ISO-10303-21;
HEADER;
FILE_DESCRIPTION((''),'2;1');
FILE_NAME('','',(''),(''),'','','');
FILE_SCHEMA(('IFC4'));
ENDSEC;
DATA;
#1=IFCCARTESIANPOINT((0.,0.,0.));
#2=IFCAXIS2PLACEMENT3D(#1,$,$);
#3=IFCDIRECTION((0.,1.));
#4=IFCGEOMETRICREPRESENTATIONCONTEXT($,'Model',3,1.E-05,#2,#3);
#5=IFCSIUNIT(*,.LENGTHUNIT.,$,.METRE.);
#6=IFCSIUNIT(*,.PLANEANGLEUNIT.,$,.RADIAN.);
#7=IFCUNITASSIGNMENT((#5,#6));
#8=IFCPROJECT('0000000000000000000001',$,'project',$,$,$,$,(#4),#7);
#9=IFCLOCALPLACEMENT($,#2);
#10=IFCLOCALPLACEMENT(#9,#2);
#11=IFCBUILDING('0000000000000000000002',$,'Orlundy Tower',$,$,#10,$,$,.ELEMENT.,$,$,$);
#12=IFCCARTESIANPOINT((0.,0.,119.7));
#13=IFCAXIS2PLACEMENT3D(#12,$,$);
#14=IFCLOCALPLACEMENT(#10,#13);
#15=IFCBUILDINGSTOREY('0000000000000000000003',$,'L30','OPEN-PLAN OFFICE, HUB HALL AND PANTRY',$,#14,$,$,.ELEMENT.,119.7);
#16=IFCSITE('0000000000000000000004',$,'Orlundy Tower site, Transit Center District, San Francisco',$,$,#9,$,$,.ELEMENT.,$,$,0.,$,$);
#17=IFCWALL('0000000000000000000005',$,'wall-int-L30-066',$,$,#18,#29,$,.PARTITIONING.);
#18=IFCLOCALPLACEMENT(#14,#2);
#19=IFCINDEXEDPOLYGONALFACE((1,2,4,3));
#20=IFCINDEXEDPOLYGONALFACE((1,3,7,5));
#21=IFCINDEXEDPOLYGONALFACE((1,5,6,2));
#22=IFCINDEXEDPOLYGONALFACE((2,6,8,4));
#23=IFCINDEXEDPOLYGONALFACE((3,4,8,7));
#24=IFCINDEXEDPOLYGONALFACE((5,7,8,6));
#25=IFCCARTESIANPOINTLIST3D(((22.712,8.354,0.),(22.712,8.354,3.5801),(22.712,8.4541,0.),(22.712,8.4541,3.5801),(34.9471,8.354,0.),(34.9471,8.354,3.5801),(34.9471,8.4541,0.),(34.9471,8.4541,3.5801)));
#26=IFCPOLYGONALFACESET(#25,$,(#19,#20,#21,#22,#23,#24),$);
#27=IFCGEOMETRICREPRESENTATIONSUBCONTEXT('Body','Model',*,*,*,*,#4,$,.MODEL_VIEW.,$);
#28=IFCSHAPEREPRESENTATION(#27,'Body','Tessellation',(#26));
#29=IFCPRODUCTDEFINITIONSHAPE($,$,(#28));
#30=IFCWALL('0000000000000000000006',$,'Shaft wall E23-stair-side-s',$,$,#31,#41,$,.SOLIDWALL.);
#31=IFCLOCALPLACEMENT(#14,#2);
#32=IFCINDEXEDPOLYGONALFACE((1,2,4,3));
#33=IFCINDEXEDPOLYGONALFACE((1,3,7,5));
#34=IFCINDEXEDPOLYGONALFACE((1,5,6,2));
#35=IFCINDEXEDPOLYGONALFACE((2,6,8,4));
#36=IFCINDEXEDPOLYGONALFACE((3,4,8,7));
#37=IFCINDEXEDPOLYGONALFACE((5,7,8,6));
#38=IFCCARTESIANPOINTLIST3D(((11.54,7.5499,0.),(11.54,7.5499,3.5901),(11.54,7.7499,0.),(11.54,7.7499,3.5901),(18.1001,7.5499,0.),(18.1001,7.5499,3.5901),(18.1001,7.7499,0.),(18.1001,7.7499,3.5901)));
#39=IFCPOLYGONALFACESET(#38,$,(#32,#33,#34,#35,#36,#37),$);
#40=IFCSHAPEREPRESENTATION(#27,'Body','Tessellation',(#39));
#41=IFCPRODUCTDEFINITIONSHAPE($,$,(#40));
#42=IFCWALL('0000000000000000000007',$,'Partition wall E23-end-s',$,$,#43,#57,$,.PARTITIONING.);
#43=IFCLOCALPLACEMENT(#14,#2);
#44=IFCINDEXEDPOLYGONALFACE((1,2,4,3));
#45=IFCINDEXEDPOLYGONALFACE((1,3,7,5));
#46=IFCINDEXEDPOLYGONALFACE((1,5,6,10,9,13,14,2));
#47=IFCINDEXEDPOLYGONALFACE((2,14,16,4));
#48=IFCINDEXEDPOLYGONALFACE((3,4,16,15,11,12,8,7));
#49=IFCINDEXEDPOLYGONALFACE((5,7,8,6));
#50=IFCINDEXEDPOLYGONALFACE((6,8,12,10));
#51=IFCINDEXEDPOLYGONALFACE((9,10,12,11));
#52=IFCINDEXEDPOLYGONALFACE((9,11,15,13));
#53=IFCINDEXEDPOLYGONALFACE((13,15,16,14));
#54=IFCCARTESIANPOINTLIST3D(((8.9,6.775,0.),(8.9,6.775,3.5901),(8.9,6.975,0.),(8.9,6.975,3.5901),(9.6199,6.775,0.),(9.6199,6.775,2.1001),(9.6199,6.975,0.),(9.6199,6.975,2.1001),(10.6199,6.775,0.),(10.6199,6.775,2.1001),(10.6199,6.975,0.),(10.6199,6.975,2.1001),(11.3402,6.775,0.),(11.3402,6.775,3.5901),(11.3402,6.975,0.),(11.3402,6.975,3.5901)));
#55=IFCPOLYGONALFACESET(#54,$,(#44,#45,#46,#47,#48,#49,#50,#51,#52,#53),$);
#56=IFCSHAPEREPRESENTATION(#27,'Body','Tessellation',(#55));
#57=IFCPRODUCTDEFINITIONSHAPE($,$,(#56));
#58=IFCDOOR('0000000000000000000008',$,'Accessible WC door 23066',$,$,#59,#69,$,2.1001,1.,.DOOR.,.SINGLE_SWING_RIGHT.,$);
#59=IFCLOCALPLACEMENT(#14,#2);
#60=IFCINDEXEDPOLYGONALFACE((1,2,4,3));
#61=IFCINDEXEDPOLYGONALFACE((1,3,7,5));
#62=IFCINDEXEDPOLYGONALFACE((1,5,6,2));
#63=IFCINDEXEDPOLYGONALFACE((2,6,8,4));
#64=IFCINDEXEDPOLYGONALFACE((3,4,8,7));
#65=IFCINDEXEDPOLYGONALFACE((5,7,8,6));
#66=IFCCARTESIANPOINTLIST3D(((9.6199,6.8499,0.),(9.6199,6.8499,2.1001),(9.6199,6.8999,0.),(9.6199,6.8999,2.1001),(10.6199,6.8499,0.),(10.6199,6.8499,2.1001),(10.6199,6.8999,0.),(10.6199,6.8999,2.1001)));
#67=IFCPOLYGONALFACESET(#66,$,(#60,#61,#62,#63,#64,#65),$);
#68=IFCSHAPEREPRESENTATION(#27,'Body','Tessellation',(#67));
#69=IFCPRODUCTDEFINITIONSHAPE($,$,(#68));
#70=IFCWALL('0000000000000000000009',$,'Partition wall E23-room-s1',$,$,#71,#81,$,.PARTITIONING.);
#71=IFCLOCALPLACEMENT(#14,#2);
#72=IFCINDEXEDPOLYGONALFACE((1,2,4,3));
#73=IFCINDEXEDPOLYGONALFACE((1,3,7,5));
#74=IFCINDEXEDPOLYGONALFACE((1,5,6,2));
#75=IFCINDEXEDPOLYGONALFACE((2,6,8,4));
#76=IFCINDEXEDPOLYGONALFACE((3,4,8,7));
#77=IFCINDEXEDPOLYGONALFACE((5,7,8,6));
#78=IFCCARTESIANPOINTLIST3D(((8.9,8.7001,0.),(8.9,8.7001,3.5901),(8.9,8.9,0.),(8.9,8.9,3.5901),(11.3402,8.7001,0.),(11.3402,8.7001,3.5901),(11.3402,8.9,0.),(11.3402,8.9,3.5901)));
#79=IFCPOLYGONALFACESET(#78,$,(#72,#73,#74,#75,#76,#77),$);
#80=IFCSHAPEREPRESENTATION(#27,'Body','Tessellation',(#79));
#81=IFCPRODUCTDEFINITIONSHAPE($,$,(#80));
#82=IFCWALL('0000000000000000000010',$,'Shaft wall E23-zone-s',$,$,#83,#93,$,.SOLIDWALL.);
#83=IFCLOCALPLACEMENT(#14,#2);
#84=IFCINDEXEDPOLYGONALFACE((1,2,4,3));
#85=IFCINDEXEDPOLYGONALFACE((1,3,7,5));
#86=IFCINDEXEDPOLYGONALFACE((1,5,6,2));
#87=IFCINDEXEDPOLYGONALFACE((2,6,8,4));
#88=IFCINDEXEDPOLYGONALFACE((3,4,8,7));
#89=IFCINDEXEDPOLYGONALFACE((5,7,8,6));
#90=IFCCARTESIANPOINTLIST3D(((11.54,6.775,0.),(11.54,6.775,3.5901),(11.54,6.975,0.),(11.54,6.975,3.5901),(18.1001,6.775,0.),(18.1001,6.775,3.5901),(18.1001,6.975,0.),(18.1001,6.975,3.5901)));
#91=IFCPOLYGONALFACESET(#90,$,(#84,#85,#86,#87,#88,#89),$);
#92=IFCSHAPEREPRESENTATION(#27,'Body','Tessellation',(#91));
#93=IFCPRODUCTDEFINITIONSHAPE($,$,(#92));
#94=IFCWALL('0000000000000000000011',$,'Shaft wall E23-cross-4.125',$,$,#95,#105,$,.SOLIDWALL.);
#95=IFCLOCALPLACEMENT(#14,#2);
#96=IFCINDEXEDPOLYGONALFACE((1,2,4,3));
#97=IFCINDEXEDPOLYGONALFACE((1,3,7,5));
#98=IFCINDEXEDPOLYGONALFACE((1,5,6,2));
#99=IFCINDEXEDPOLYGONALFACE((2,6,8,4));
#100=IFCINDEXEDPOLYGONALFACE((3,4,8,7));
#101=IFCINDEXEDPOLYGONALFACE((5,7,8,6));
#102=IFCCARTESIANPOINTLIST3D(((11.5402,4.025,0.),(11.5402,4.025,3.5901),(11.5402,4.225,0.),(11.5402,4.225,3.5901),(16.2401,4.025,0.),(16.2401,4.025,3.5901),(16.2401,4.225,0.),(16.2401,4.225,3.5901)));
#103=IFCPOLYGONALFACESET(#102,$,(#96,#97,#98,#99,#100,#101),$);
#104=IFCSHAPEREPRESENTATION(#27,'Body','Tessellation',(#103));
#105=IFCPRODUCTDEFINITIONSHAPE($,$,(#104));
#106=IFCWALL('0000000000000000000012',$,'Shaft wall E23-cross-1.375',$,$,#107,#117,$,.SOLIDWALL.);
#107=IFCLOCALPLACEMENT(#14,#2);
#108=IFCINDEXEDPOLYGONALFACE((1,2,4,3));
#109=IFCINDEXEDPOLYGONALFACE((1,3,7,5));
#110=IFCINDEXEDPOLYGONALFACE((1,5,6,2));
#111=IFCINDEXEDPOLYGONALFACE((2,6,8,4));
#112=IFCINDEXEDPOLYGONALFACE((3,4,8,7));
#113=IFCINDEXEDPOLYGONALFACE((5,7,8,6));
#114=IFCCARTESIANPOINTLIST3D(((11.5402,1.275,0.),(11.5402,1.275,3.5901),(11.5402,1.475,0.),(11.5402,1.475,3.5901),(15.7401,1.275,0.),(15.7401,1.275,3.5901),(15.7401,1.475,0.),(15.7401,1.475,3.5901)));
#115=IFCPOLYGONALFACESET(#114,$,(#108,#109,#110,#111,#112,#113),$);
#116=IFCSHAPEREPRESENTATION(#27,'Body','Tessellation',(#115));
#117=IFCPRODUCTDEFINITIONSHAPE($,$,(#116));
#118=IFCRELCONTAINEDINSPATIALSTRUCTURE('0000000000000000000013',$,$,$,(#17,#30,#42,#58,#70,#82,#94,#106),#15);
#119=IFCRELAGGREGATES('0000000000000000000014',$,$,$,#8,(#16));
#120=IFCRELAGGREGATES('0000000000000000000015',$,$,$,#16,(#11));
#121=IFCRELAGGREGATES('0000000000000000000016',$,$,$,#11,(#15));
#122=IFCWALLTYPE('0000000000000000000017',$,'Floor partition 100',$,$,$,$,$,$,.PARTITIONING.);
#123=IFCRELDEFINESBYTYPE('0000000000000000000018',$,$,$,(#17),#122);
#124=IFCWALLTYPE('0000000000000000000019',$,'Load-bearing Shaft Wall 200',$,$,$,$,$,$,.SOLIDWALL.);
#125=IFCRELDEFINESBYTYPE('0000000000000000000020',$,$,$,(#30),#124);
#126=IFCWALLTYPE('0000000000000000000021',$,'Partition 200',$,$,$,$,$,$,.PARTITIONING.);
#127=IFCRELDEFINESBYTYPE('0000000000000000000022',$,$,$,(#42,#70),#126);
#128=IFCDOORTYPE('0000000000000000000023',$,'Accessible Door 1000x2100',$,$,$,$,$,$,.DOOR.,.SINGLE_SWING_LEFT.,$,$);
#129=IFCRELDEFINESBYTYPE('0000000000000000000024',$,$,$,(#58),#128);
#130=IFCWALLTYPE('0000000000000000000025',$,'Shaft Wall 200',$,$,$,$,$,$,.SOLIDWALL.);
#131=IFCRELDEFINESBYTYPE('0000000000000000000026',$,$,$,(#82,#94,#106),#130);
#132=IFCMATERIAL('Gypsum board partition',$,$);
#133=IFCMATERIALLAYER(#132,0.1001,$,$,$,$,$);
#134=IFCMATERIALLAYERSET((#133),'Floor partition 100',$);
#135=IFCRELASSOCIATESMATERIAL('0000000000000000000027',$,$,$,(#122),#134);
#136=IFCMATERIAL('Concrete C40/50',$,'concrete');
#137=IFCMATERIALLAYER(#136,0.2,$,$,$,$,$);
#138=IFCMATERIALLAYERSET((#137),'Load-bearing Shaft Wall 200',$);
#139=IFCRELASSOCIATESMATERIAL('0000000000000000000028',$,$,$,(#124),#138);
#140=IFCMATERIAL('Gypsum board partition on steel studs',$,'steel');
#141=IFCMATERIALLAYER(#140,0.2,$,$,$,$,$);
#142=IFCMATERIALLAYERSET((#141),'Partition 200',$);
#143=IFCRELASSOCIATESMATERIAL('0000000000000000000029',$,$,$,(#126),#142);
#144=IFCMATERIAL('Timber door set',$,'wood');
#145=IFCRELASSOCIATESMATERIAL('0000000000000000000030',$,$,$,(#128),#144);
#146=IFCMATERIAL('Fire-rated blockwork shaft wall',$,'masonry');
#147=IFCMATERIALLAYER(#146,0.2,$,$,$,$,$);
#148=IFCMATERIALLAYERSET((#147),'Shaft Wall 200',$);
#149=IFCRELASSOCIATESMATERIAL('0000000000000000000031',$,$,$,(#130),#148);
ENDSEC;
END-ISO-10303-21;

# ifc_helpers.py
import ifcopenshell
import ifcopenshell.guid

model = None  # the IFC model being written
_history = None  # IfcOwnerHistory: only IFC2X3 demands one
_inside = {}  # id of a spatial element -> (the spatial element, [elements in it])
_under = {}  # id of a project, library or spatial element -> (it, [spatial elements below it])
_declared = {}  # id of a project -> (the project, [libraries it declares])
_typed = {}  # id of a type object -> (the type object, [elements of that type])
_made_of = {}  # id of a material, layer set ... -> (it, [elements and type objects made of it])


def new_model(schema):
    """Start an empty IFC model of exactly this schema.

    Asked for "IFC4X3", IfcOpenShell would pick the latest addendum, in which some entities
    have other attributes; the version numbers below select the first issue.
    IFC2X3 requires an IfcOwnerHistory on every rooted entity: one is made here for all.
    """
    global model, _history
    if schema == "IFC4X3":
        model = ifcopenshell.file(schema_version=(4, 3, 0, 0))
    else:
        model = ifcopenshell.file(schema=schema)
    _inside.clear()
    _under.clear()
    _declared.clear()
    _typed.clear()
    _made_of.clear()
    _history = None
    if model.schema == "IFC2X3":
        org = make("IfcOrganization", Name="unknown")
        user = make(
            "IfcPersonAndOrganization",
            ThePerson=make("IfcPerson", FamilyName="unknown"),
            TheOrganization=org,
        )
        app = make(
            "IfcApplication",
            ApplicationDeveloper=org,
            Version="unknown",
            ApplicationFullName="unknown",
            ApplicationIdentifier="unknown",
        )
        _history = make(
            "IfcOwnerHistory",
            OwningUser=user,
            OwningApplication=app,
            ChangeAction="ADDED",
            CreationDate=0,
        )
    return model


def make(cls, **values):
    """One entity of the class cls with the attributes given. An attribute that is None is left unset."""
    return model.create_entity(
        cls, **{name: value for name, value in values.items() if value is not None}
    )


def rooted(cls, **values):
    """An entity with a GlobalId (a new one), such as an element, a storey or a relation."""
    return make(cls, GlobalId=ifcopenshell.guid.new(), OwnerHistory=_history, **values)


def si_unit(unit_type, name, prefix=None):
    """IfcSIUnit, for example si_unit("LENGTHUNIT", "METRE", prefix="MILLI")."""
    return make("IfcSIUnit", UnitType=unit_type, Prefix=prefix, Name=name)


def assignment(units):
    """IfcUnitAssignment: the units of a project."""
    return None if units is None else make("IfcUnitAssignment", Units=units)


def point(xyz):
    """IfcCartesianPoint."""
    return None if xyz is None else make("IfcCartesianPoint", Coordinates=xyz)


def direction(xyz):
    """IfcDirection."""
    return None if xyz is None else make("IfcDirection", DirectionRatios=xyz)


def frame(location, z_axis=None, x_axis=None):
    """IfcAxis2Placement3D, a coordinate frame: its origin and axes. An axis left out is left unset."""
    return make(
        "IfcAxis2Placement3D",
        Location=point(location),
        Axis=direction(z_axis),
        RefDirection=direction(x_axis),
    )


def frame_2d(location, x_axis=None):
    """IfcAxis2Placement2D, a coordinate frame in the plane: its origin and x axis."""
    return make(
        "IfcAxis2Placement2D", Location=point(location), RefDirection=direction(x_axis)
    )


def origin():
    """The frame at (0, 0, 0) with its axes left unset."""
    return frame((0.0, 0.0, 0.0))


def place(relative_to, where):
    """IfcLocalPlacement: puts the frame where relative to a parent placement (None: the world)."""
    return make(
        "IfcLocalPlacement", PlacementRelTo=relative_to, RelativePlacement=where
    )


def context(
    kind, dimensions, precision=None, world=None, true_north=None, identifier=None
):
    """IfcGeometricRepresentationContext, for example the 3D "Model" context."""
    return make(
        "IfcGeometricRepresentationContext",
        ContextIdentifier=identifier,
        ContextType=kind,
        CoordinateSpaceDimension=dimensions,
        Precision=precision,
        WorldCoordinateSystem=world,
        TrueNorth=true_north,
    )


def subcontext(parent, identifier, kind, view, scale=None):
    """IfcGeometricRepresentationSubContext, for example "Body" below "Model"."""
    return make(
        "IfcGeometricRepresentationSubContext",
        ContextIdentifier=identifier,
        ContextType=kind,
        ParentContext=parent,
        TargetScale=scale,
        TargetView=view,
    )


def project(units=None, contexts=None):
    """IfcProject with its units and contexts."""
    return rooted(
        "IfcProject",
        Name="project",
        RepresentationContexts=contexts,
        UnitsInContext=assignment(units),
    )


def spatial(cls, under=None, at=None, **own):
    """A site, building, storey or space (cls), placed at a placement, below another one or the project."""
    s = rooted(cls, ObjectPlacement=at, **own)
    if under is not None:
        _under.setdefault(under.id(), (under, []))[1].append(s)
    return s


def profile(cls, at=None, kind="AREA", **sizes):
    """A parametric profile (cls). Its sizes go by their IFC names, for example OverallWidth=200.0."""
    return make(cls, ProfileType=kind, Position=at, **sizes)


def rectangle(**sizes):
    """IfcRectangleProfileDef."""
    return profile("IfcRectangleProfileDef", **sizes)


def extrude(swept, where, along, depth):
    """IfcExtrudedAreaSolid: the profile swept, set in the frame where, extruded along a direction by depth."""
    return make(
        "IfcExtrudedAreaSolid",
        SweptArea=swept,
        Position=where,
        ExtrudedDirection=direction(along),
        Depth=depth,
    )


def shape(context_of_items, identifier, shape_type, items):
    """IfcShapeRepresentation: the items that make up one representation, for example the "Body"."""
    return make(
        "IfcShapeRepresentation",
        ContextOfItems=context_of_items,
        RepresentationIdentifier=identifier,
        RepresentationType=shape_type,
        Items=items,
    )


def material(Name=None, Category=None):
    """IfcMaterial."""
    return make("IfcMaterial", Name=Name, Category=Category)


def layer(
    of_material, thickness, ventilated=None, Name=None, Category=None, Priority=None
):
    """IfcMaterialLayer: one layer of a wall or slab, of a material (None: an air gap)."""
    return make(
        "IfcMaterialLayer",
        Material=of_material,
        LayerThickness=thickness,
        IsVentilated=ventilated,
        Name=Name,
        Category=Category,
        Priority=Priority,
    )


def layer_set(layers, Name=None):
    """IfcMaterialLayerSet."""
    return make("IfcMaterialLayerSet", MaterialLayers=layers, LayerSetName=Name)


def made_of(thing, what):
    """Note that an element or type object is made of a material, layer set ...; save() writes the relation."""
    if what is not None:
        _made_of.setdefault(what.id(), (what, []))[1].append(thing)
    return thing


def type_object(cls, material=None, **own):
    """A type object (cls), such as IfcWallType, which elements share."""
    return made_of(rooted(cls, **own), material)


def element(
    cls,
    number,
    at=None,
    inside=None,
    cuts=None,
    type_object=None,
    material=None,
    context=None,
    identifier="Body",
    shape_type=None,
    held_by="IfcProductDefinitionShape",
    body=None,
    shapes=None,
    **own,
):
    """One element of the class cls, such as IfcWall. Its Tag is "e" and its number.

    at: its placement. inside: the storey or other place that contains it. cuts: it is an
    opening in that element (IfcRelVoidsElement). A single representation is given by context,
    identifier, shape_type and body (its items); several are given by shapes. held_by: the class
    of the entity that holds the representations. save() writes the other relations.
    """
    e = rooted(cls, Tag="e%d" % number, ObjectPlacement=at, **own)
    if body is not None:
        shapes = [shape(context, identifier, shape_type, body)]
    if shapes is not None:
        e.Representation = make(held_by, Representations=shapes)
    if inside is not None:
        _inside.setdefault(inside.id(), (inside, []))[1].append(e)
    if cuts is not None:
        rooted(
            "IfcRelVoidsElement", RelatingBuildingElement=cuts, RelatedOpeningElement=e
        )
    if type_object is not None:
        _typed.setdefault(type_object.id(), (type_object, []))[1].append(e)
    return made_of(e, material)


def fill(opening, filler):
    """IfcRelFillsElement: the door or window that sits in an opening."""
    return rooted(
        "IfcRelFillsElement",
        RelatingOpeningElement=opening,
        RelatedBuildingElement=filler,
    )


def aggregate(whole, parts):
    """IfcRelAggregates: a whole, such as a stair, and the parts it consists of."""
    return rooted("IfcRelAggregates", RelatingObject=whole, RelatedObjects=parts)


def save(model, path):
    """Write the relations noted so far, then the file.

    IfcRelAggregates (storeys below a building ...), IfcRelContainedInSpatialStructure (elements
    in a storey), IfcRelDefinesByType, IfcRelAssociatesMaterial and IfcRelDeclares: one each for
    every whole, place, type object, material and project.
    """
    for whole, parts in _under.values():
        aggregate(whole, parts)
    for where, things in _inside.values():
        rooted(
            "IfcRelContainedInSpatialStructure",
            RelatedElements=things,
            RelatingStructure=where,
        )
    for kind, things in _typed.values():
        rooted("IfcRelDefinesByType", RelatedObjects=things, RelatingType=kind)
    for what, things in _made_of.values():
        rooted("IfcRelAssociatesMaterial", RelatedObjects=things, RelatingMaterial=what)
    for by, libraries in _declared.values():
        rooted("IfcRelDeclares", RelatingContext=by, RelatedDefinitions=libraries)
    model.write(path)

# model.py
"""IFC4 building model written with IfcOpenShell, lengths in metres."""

from ifc_helpers import new_model, si_unit, direction, frame, frame_2d, origin, place, context, subcontext, project, spatial, rectangle, extrude, material, layer, layer_set, type_object, element, fill, save


model = new_model("IFC4")

# Units and contexts
model_context = context("Model", 3, precision=1e-05, world=origin(), true_north=direction((0.0, 1.0)))
body_context = subcontext(model_context, "Body", "Model", "MODEL_VIEW")
ifc_project = project(units=[si_unit("LENGTHUNIT", "METRE"), si_unit("PLANEANGLEUNIT", "RADIAN")], contexts=[model_context])

# Site, building, storey
site_placement = place(None, origin())
site = spatial("IfcSite", under=ifc_project, at=site_placement, Name="Orlundy Tower site, Transit Center District, San Francisco", CompositionType="ELEMENT", RefElevation=0.0)
building_placement = place(site_placement, origin())
building = spatial("IfcBuilding", under=site, at=building_placement, Name="Orlundy Tower", CompositionType="ELEMENT")
storey_placement = place(building_placement, frame((0.0, 0.0, 119.7)))
storey = spatial("IfcBuildingStorey", under=building, at=storey_placement, Name="L30", Description="OPEN-PLAN OFFICE, HUB HALL AND PANTRY", CompositionType="ELEMENT", Elevation=119.7)

# Walls
ifc_material_1 = material(Name="Gypsum board partition")
ifc_layer_1 = layer(ifc_material_1, 0.1001)
ifc_layer_set_1 = layer_set([ifc_layer_1], Name="Floor partition 100")
wall_type_1 = type_object("IfcWallType", Name="Floor partition 100", PredefinedType="PARTITIONING", material=ifc_layer_set_1)
wall_1_placement = place(storey_placement, frame((22.7119, 8.4041, 0.0), z_axis=(0.0, 0.0, 1.0), x_axis=(1.0, 0.0, 0.0)))
element("IfcWall", 1, at=wall_1_placement, inside=storey, type_object=wall_type_1, Name="wall-int-L30-066", PredefinedType="PARTITIONING", context=body_context, shape_type="SweptSolid", body=[
    extrude(rectangle(XDim=12.2351, YDim=0.1001, at=frame_2d((6.1177, 0.0))), origin(), (0.0, 0.0, 1.0), 3.5801),
])
ifc_material_2 = material(Name="Concrete C40/50", Category="concrete")
ifc_layer_2 = layer(ifc_material_2, 0.2)
ifc_layer_set_2 = layer_set([ifc_layer_2], Name="Load-bearing Shaft Wall 200")
wall_type_2 = type_object("IfcWallType", Name="Load-bearing Shaft Wall 200", PredefinedType="SOLIDWALL", material=ifc_layer_set_2)
wall_2_placement = place(storey_placement, frame((11.54, 7.6499, 0.0), z_axis=(0.0, 0.0, 1.0), x_axis=(1.0, 0.0, 0.0)))
element("IfcWall", 2, at=wall_2_placement, inside=storey, type_object=wall_type_2, Name="Shaft wall E23-stair-side-s", PredefinedType="SOLIDWALL", context=body_context, shape_type="SweptSolid", body=[
    extrude(rectangle(XDim=6.5601, YDim=0.2, at=frame_2d((3.28, 0.0))), origin(), (0.0, 0.0, 1.0), 3.5901),
])

# Wall, opening, door
ifc_material_3 = material(Name="Gypsum board partition on steel studs", Category="steel")
ifc_layer_3 = layer(ifc_material_3, 0.2)
ifc_layer_set_3 = layer_set([ifc_layer_3], Name="Partition 200")
wall_type_3 = type_object("IfcWallType", Name="Partition 200", PredefinedType="PARTITIONING", material=ifc_layer_set_3)
wall_3_placement = place(storey_placement, frame((8.8999, 6.875, 0.0), z_axis=(0.0, 0.0, 1.0), x_axis=(1.0, 0.0, 0.0)))
wall_3 = element("IfcWall", 3, at=wall_3_placement, inside=storey, type_object=wall_type_3, Name="Partition wall E23-end-s", PredefinedType="PARTITIONING", context=body_context, shape_type="SweptSolid", body=[
    extrude(rectangle(XDim=2.4402, YDim=0.2, at=frame_2d((1.2202, 0.0))), origin(), (0.0, 0.0, 1.0), 3.5901),
])
opening_1_placement = place(wall_3_placement, frame((0.72, 0.0, 0.0)))
opening_1 = element("IfcOpeningElement", 4, at=opening_1_placement, cuts=wall_3, PredefinedType="OPENING", context=body_context, shape_type="SweptSolid", body=[
    extrude(rectangle(XDim=1.0, YDim=2.1001, at=frame_2d((0.5, 1.05))), frame((0.0, 0.1101, 0.0), z_axis=(0.0, -1.0, 0.0), x_axis=(1.0, 0.0, 0.0)), (0.0, 0.0, 1.0), 0.2202),
])
ifc_material_4 = material(Name="Timber door set", Category="wood")
door_type_1 = type_object("IfcDoorType", Name="Accessible Door 1000x2100", OperationType="SINGLE_SWING_LEFT", PredefinedType="DOOR", material=ifc_material_4)
door_1_placement = place(opening_1_placement, origin())
door_1 = element("IfcDoor", 5, at=door_1_placement, inside=storey, type_object=door_type_1, Name="Accessible WC door 23066", OperationType="SINGLE_SWING_RIGHT", OverallHeight=2.1001, OverallWidth=1.0, PredefinedType="DOOR", context=body_context, shape_type="SweptSolid", body=[
    extrude(rectangle(XDim=1.0, YDim=2.1001, at=frame_2d((0.5, 1.05))), frame((0.0, 0.0249, 0.0), z_axis=(0.0, -1.0, 0.0), x_axis=(1.0, 0.0, 0.0)), (0.0, 0.0, 1.0), 0.05),
])
fill(opening_1, door_1)

# Walls
wall_4_placement = place(storey_placement, frame((8.8999, 8.8, 0.0), z_axis=(0.0, 0.0, 1.0), x_axis=(1.0, 0.0, 0.0)))
element("IfcWall", 6, at=wall_4_placement, inside=storey, type_object=wall_type_3, Name="Partition wall E23-room-s1", PredefinedType="PARTITIONING", context=body_context, shape_type="SweptSolid", body=[
    extrude(rectangle(XDim=2.4402, YDim=0.2, at=frame_2d((1.2202, 0.0))), origin(), (0.0, 0.0, 1.0), 3.5901),
])
ifc_material_5 = material(Name="Fire-rated blockwork shaft wall", Category="masonry")
ifc_layer_4 = layer(ifc_material_5, 0.2)
ifc_layer_set_4 = layer_set([ifc_layer_4], Name="Shaft Wall 200")
wall_type_4 = type_object("IfcWallType", Name="Shaft Wall 200", PredefinedType="SOLIDWALL", material=ifc_layer_set_4)
wall_5_placement = place(storey_placement, frame((11.54, 6.875, 0.0), z_axis=(0.0, 0.0, 1.0), x_axis=(1.0, 0.0, 0.0)))
element("IfcWall", 7, at=wall_5_placement, inside=storey, type_object=wall_type_4, Name="Shaft wall E23-zone-s", PredefinedType="SOLIDWALL", context=body_context, shape_type="SweptSolid", body=[
    extrude(rectangle(XDim=6.5601, YDim=0.2, at=frame_2d((3.28, 0.0))), origin(), (0.0, 0.0, 1.0), 3.5901),
])
wall_6_placement = place(storey_placement, frame((11.54, 4.125, 0.0), z_axis=(0.0, 0.0, 1.0), x_axis=(1.0, 0.0, 0.0)))
element("IfcWall", 8, at=wall_6_placement, inside=storey, type_object=wall_type_4, Name="Shaft wall E23-cross-4.125", PredefinedType="SOLIDWALL", context=body_context, shape_type="SweptSolid", body=[
    extrude(rectangle(XDim=4.7, YDim=0.2, at=frame_2d((2.3501, 0.0))), origin(), (0.0, 0.0, 1.0), 3.5901),
])
wall_7_placement = place(storey_placement, frame((11.54, 1.375, 0.0), z_axis=(0.0, 0.0, 1.0), x_axis=(1.0, 0.0, 0.0)))
element("IfcWall", 9, at=wall_7_placement, inside=storey, type_object=wall_type_4, Name="Shaft wall E23-cross-1.375", PredefinedType="SOLIDWALL", context=body_context, shape_type="SweptSolid", body=[
    extrude(rectangle(XDim=4.2, YDim=0.2, at=frame_2d((2.1001, 0.0))), origin(), (0.0, 0.0, 1.0), 3.5901),
])

save(model, "model.ifc")
